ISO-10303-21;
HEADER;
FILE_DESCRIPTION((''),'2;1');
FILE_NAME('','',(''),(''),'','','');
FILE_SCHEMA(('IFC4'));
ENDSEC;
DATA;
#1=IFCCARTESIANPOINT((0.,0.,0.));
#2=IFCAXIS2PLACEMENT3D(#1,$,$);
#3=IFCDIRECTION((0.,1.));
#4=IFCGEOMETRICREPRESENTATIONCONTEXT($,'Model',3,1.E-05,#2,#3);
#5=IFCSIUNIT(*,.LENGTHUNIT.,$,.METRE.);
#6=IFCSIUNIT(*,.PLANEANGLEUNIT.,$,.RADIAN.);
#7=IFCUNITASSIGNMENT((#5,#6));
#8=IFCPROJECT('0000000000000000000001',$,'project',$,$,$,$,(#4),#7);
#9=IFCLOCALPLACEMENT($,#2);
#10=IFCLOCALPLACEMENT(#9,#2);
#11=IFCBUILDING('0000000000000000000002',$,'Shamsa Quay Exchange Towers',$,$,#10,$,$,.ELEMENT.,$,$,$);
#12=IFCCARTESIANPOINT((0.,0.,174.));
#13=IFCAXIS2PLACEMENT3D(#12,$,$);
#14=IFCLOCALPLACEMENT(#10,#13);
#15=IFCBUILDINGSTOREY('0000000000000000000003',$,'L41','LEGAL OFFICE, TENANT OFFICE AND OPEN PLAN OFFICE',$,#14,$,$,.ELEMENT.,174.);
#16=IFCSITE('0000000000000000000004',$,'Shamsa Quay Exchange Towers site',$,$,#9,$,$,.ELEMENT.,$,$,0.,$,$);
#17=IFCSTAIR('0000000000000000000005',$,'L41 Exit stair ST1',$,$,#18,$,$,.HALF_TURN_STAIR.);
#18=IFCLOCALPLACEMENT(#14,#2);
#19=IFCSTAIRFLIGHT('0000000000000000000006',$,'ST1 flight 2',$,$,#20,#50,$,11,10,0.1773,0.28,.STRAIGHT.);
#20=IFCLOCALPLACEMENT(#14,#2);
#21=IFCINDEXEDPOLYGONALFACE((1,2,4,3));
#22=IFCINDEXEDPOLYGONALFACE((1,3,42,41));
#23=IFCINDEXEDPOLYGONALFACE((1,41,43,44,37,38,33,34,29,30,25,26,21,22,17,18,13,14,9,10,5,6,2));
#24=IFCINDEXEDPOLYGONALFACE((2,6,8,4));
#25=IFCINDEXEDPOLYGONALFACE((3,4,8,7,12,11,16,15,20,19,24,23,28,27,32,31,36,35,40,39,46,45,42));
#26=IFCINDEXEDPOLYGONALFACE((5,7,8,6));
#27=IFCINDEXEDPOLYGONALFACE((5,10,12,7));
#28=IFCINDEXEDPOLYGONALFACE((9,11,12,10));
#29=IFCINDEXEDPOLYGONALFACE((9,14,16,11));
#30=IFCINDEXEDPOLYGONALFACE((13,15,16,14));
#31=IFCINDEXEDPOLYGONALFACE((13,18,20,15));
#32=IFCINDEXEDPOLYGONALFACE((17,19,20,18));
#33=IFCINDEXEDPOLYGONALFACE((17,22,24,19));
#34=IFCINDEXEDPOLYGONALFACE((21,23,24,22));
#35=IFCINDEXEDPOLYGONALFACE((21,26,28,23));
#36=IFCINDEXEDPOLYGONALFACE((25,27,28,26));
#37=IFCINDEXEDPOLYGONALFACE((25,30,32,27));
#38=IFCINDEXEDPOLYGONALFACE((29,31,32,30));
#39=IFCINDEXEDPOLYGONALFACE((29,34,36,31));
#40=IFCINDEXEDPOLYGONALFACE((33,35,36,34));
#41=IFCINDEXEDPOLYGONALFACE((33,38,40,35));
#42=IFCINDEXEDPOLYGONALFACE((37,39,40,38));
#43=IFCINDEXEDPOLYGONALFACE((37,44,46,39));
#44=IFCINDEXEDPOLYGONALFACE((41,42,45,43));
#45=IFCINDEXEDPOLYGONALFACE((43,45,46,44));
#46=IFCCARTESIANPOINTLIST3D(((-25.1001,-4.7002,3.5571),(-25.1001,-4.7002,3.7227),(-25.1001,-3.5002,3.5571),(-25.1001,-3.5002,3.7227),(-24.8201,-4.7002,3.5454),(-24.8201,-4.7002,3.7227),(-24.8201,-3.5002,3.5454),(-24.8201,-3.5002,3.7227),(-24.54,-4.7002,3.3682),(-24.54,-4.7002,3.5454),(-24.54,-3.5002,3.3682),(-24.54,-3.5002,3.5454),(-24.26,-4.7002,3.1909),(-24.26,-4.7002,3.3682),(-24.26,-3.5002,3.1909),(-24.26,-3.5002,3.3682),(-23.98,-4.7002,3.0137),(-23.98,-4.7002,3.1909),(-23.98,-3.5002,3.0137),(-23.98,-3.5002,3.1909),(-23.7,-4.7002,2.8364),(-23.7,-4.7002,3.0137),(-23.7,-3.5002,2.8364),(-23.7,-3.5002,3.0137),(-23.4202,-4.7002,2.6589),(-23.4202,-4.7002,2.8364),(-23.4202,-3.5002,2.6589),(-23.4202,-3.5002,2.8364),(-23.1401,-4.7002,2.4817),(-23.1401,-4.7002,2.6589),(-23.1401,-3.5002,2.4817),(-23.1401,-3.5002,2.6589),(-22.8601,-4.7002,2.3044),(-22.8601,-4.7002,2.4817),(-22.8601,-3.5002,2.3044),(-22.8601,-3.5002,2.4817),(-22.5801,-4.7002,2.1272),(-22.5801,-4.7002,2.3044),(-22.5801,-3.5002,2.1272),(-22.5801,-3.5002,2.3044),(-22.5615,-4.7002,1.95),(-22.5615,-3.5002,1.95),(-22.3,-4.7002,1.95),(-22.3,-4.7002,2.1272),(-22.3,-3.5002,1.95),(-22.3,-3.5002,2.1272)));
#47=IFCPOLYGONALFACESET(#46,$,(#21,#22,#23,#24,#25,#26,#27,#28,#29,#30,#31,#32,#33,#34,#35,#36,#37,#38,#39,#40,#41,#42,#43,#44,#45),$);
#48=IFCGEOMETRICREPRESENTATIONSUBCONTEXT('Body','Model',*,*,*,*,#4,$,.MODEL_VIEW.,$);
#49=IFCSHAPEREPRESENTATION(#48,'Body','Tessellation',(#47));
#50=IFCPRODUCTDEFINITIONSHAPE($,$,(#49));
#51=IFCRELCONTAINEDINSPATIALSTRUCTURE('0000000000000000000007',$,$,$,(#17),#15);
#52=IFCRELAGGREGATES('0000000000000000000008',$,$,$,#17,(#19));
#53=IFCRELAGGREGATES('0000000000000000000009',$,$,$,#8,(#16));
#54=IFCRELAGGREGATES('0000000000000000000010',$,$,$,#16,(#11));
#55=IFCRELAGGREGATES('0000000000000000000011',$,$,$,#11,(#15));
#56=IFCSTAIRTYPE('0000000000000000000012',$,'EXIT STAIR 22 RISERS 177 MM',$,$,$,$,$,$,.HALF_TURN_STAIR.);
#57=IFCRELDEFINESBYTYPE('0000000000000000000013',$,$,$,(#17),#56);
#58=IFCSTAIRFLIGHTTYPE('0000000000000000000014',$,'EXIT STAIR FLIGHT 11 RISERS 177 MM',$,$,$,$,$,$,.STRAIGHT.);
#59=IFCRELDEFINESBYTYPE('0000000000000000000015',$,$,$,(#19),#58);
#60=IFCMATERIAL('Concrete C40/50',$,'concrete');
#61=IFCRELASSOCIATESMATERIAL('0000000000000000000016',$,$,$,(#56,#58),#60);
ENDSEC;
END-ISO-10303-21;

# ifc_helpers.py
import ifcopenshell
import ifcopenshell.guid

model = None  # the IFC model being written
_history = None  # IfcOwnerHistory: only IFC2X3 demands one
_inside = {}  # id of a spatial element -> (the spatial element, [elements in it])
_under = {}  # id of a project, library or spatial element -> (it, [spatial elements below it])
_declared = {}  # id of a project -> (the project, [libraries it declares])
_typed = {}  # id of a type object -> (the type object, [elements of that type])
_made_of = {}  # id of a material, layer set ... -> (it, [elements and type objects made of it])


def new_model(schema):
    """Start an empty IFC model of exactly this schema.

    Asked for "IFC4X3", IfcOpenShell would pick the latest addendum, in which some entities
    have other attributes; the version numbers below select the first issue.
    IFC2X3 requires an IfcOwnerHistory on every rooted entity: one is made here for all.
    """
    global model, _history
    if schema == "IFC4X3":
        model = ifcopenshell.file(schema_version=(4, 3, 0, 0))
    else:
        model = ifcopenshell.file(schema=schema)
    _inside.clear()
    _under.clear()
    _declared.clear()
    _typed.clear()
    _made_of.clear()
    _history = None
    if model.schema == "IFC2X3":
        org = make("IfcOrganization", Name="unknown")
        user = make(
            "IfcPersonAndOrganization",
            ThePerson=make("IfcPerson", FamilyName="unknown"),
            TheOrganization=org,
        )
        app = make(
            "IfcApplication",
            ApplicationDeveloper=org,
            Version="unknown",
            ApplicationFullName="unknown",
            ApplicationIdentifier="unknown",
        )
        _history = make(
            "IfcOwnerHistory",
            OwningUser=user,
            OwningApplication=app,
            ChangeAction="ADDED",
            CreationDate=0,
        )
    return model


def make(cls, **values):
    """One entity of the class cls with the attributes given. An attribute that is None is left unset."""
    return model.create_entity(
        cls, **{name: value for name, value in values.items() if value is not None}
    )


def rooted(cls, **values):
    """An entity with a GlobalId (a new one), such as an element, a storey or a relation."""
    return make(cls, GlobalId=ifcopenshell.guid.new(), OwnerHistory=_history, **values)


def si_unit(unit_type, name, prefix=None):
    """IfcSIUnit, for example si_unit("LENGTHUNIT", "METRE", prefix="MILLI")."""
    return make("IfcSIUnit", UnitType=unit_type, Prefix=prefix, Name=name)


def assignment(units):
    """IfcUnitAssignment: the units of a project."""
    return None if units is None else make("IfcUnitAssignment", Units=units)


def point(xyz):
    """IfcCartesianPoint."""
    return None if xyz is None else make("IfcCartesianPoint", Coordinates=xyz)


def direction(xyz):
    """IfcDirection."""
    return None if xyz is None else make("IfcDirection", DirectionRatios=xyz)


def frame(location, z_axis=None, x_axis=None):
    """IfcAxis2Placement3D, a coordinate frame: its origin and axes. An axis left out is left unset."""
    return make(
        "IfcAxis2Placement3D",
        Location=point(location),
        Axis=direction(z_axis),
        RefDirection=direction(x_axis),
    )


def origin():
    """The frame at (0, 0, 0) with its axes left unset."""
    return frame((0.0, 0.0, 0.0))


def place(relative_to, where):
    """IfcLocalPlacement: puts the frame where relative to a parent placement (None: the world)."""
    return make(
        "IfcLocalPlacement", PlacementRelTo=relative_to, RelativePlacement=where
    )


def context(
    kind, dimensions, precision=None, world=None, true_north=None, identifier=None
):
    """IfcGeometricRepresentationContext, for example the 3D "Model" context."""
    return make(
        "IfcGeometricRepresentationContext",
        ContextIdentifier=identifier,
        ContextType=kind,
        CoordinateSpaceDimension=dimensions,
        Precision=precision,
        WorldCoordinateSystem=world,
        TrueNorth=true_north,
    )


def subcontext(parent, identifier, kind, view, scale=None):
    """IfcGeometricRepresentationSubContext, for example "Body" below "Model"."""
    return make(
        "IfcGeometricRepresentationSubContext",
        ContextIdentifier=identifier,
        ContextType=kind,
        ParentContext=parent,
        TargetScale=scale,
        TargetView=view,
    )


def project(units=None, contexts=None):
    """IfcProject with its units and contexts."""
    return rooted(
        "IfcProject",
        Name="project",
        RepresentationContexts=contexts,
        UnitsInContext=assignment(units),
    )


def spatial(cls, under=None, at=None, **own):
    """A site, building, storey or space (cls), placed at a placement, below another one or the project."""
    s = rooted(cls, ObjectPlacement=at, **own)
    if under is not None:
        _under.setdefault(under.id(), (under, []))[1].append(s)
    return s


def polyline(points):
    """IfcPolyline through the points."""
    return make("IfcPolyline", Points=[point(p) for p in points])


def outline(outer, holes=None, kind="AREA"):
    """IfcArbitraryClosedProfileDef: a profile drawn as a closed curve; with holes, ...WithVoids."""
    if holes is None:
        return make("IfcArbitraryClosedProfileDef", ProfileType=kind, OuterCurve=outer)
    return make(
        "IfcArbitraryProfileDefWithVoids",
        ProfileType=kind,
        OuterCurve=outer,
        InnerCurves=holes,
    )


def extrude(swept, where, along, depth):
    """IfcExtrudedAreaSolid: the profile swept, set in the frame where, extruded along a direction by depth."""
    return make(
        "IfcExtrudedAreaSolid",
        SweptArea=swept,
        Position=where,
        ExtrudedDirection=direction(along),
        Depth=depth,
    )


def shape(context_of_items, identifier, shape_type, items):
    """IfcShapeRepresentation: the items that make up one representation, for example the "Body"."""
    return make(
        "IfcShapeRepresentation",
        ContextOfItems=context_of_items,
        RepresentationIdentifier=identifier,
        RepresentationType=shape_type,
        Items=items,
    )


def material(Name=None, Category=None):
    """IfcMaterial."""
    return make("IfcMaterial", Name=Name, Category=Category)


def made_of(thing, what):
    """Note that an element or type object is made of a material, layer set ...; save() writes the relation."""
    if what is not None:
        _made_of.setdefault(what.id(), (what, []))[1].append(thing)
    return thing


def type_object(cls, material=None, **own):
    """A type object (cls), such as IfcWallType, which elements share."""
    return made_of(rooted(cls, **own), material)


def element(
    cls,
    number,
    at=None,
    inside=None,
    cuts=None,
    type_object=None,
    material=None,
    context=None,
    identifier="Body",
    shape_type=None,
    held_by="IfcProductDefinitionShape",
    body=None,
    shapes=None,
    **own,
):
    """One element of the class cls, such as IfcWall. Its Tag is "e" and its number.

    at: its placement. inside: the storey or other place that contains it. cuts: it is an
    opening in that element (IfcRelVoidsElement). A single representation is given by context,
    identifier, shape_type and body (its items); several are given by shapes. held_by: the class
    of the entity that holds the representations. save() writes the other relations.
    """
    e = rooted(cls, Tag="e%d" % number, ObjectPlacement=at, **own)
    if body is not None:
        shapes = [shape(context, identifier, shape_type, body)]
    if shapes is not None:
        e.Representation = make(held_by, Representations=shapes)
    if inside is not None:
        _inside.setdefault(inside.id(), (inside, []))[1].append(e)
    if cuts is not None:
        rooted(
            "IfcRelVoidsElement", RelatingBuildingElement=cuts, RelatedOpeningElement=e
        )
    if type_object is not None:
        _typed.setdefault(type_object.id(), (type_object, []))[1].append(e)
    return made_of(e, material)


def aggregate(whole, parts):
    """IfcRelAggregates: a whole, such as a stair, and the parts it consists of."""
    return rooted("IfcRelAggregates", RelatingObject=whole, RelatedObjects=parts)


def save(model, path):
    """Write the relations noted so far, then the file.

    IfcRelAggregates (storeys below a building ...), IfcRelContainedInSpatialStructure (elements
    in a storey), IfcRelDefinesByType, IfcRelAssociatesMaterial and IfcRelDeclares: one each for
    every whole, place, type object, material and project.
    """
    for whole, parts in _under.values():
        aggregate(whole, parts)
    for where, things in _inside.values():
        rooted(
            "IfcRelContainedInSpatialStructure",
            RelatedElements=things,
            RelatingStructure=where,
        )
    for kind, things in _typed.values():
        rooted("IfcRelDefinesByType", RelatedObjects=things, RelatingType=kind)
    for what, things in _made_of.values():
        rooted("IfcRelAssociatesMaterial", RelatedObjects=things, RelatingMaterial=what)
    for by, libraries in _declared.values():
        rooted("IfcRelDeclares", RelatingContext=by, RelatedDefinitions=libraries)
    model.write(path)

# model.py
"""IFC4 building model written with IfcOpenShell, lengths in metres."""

from ifc_helpers import new_model, si_unit, direction, frame, origin, place, context, subcontext, project, spatial, polyline, outline, extrude, material, type_object, element, aggregate, save


model = new_model("IFC4")

# Units and contexts
model_context = context("Model", 3, precision=1e-05, world=origin(), true_north=direction((0.0, 1.0)))
body_context = subcontext(model_context, "Body", "Model", "MODEL_VIEW")
ifc_project = project(units=[si_unit("LENGTHUNIT", "METRE"), si_unit("PLANEANGLEUNIT", "RADIAN")], contexts=[model_context])

# Site, building, storey
site_placement = place(None, origin())
site = spatial("IfcSite", under=ifc_project, at=site_placement, Name="Shamsa Quay Exchange Towers site", CompositionType="ELEMENT", RefElevation=0.0)
building_placement = place(site_placement, origin())
building = spatial("IfcBuilding", under=site, at=building_placement, Name="Shamsa Quay Exchange Towers", CompositionType="ELEMENT")
storey_placement = place(building_placement, frame((0.0, 0.0, 174.0)))
storey = spatial("IfcBuildingStorey", under=building, at=storey_placement, Name="L41", Description="LEGAL OFFICE, TENANT OFFICE AND OPEN PLAN OFFICE", CompositionType="ELEMENT", Elevation=174.0)

# Stair, stair flight
ifc_material_1 = material(Name="Concrete C40/50", Category="concrete")
stair_type = type_object("IfcStairType", Name="EXIT STAIR 22 RISERS 177 MM", PredefinedType="HALF_TURN_STAIR", material=ifc_material_1)
stair_placement = place(storey_placement, origin())
stair = element("IfcStair", 1, at=stair_placement, inside=storey, type_object=stair_type, Name="L41 Exit stair ST1", PredefinedType="HALF_TURN_STAIR")
stair_flight_type = type_object("IfcStairFlightType", Name="EXIT STAIR FLIGHT 11 RISERS 177 MM", PredefinedType="STRAIGHT", material=ifc_material_1)
stair_flight_1_placement = place(storey_placement, frame((-22.3, -4.1001, 1.95), z_axis=(0.0, 0.0, 1.0), x_axis=(-1.0, 0.0, 0.0)))
stair_flight_1 = element("IfcStairFlight", 2, at=stair_flight_1_placement, type_object=stair_flight_type, Name="ST1 flight 2", NumberOfRisers=11, NumberOfTreads=10, PredefinedType="STRAIGHT", RiserHeight=0.1773, TreadLength=0.28, context=body_context, shape_type="SweptSolid", body=[
    extrude(outline(polyline([(0.0, 0.0), (0.0, 0.1772), (0.28, 0.1772), (0.28, 0.3545), (0.5601, 0.3545), (0.5601, 0.5317), (0.8401, 0.5317), (0.8401, 0.709), (1.1201, 0.709), (1.1201, 0.8865), (1.3999, 0.8865), (1.3999, 1.0637), (1.6799, 1.0637), (1.6799, 1.241), (1.96, 1.241), (1.96, 1.4182), (2.24, 1.4182), (2.24, 1.5955), (2.52, 1.5955), (2.52, 1.7727), (2.8, 1.7727), (2.8, 1.95), (2.8, 1.6072), (0.2615, 0.0), (0.0, 0.0)])), frame((0.0, 0.6001, 0.0), z_axis=(0.0, -1.0, 0.0), x_axis=(1.0, 0.0, 0.0)), (0.0, 0.0, 1.0), 1.2),
])
aggregate(stair, [stair_flight_1])

save(model, "model.ifc")
